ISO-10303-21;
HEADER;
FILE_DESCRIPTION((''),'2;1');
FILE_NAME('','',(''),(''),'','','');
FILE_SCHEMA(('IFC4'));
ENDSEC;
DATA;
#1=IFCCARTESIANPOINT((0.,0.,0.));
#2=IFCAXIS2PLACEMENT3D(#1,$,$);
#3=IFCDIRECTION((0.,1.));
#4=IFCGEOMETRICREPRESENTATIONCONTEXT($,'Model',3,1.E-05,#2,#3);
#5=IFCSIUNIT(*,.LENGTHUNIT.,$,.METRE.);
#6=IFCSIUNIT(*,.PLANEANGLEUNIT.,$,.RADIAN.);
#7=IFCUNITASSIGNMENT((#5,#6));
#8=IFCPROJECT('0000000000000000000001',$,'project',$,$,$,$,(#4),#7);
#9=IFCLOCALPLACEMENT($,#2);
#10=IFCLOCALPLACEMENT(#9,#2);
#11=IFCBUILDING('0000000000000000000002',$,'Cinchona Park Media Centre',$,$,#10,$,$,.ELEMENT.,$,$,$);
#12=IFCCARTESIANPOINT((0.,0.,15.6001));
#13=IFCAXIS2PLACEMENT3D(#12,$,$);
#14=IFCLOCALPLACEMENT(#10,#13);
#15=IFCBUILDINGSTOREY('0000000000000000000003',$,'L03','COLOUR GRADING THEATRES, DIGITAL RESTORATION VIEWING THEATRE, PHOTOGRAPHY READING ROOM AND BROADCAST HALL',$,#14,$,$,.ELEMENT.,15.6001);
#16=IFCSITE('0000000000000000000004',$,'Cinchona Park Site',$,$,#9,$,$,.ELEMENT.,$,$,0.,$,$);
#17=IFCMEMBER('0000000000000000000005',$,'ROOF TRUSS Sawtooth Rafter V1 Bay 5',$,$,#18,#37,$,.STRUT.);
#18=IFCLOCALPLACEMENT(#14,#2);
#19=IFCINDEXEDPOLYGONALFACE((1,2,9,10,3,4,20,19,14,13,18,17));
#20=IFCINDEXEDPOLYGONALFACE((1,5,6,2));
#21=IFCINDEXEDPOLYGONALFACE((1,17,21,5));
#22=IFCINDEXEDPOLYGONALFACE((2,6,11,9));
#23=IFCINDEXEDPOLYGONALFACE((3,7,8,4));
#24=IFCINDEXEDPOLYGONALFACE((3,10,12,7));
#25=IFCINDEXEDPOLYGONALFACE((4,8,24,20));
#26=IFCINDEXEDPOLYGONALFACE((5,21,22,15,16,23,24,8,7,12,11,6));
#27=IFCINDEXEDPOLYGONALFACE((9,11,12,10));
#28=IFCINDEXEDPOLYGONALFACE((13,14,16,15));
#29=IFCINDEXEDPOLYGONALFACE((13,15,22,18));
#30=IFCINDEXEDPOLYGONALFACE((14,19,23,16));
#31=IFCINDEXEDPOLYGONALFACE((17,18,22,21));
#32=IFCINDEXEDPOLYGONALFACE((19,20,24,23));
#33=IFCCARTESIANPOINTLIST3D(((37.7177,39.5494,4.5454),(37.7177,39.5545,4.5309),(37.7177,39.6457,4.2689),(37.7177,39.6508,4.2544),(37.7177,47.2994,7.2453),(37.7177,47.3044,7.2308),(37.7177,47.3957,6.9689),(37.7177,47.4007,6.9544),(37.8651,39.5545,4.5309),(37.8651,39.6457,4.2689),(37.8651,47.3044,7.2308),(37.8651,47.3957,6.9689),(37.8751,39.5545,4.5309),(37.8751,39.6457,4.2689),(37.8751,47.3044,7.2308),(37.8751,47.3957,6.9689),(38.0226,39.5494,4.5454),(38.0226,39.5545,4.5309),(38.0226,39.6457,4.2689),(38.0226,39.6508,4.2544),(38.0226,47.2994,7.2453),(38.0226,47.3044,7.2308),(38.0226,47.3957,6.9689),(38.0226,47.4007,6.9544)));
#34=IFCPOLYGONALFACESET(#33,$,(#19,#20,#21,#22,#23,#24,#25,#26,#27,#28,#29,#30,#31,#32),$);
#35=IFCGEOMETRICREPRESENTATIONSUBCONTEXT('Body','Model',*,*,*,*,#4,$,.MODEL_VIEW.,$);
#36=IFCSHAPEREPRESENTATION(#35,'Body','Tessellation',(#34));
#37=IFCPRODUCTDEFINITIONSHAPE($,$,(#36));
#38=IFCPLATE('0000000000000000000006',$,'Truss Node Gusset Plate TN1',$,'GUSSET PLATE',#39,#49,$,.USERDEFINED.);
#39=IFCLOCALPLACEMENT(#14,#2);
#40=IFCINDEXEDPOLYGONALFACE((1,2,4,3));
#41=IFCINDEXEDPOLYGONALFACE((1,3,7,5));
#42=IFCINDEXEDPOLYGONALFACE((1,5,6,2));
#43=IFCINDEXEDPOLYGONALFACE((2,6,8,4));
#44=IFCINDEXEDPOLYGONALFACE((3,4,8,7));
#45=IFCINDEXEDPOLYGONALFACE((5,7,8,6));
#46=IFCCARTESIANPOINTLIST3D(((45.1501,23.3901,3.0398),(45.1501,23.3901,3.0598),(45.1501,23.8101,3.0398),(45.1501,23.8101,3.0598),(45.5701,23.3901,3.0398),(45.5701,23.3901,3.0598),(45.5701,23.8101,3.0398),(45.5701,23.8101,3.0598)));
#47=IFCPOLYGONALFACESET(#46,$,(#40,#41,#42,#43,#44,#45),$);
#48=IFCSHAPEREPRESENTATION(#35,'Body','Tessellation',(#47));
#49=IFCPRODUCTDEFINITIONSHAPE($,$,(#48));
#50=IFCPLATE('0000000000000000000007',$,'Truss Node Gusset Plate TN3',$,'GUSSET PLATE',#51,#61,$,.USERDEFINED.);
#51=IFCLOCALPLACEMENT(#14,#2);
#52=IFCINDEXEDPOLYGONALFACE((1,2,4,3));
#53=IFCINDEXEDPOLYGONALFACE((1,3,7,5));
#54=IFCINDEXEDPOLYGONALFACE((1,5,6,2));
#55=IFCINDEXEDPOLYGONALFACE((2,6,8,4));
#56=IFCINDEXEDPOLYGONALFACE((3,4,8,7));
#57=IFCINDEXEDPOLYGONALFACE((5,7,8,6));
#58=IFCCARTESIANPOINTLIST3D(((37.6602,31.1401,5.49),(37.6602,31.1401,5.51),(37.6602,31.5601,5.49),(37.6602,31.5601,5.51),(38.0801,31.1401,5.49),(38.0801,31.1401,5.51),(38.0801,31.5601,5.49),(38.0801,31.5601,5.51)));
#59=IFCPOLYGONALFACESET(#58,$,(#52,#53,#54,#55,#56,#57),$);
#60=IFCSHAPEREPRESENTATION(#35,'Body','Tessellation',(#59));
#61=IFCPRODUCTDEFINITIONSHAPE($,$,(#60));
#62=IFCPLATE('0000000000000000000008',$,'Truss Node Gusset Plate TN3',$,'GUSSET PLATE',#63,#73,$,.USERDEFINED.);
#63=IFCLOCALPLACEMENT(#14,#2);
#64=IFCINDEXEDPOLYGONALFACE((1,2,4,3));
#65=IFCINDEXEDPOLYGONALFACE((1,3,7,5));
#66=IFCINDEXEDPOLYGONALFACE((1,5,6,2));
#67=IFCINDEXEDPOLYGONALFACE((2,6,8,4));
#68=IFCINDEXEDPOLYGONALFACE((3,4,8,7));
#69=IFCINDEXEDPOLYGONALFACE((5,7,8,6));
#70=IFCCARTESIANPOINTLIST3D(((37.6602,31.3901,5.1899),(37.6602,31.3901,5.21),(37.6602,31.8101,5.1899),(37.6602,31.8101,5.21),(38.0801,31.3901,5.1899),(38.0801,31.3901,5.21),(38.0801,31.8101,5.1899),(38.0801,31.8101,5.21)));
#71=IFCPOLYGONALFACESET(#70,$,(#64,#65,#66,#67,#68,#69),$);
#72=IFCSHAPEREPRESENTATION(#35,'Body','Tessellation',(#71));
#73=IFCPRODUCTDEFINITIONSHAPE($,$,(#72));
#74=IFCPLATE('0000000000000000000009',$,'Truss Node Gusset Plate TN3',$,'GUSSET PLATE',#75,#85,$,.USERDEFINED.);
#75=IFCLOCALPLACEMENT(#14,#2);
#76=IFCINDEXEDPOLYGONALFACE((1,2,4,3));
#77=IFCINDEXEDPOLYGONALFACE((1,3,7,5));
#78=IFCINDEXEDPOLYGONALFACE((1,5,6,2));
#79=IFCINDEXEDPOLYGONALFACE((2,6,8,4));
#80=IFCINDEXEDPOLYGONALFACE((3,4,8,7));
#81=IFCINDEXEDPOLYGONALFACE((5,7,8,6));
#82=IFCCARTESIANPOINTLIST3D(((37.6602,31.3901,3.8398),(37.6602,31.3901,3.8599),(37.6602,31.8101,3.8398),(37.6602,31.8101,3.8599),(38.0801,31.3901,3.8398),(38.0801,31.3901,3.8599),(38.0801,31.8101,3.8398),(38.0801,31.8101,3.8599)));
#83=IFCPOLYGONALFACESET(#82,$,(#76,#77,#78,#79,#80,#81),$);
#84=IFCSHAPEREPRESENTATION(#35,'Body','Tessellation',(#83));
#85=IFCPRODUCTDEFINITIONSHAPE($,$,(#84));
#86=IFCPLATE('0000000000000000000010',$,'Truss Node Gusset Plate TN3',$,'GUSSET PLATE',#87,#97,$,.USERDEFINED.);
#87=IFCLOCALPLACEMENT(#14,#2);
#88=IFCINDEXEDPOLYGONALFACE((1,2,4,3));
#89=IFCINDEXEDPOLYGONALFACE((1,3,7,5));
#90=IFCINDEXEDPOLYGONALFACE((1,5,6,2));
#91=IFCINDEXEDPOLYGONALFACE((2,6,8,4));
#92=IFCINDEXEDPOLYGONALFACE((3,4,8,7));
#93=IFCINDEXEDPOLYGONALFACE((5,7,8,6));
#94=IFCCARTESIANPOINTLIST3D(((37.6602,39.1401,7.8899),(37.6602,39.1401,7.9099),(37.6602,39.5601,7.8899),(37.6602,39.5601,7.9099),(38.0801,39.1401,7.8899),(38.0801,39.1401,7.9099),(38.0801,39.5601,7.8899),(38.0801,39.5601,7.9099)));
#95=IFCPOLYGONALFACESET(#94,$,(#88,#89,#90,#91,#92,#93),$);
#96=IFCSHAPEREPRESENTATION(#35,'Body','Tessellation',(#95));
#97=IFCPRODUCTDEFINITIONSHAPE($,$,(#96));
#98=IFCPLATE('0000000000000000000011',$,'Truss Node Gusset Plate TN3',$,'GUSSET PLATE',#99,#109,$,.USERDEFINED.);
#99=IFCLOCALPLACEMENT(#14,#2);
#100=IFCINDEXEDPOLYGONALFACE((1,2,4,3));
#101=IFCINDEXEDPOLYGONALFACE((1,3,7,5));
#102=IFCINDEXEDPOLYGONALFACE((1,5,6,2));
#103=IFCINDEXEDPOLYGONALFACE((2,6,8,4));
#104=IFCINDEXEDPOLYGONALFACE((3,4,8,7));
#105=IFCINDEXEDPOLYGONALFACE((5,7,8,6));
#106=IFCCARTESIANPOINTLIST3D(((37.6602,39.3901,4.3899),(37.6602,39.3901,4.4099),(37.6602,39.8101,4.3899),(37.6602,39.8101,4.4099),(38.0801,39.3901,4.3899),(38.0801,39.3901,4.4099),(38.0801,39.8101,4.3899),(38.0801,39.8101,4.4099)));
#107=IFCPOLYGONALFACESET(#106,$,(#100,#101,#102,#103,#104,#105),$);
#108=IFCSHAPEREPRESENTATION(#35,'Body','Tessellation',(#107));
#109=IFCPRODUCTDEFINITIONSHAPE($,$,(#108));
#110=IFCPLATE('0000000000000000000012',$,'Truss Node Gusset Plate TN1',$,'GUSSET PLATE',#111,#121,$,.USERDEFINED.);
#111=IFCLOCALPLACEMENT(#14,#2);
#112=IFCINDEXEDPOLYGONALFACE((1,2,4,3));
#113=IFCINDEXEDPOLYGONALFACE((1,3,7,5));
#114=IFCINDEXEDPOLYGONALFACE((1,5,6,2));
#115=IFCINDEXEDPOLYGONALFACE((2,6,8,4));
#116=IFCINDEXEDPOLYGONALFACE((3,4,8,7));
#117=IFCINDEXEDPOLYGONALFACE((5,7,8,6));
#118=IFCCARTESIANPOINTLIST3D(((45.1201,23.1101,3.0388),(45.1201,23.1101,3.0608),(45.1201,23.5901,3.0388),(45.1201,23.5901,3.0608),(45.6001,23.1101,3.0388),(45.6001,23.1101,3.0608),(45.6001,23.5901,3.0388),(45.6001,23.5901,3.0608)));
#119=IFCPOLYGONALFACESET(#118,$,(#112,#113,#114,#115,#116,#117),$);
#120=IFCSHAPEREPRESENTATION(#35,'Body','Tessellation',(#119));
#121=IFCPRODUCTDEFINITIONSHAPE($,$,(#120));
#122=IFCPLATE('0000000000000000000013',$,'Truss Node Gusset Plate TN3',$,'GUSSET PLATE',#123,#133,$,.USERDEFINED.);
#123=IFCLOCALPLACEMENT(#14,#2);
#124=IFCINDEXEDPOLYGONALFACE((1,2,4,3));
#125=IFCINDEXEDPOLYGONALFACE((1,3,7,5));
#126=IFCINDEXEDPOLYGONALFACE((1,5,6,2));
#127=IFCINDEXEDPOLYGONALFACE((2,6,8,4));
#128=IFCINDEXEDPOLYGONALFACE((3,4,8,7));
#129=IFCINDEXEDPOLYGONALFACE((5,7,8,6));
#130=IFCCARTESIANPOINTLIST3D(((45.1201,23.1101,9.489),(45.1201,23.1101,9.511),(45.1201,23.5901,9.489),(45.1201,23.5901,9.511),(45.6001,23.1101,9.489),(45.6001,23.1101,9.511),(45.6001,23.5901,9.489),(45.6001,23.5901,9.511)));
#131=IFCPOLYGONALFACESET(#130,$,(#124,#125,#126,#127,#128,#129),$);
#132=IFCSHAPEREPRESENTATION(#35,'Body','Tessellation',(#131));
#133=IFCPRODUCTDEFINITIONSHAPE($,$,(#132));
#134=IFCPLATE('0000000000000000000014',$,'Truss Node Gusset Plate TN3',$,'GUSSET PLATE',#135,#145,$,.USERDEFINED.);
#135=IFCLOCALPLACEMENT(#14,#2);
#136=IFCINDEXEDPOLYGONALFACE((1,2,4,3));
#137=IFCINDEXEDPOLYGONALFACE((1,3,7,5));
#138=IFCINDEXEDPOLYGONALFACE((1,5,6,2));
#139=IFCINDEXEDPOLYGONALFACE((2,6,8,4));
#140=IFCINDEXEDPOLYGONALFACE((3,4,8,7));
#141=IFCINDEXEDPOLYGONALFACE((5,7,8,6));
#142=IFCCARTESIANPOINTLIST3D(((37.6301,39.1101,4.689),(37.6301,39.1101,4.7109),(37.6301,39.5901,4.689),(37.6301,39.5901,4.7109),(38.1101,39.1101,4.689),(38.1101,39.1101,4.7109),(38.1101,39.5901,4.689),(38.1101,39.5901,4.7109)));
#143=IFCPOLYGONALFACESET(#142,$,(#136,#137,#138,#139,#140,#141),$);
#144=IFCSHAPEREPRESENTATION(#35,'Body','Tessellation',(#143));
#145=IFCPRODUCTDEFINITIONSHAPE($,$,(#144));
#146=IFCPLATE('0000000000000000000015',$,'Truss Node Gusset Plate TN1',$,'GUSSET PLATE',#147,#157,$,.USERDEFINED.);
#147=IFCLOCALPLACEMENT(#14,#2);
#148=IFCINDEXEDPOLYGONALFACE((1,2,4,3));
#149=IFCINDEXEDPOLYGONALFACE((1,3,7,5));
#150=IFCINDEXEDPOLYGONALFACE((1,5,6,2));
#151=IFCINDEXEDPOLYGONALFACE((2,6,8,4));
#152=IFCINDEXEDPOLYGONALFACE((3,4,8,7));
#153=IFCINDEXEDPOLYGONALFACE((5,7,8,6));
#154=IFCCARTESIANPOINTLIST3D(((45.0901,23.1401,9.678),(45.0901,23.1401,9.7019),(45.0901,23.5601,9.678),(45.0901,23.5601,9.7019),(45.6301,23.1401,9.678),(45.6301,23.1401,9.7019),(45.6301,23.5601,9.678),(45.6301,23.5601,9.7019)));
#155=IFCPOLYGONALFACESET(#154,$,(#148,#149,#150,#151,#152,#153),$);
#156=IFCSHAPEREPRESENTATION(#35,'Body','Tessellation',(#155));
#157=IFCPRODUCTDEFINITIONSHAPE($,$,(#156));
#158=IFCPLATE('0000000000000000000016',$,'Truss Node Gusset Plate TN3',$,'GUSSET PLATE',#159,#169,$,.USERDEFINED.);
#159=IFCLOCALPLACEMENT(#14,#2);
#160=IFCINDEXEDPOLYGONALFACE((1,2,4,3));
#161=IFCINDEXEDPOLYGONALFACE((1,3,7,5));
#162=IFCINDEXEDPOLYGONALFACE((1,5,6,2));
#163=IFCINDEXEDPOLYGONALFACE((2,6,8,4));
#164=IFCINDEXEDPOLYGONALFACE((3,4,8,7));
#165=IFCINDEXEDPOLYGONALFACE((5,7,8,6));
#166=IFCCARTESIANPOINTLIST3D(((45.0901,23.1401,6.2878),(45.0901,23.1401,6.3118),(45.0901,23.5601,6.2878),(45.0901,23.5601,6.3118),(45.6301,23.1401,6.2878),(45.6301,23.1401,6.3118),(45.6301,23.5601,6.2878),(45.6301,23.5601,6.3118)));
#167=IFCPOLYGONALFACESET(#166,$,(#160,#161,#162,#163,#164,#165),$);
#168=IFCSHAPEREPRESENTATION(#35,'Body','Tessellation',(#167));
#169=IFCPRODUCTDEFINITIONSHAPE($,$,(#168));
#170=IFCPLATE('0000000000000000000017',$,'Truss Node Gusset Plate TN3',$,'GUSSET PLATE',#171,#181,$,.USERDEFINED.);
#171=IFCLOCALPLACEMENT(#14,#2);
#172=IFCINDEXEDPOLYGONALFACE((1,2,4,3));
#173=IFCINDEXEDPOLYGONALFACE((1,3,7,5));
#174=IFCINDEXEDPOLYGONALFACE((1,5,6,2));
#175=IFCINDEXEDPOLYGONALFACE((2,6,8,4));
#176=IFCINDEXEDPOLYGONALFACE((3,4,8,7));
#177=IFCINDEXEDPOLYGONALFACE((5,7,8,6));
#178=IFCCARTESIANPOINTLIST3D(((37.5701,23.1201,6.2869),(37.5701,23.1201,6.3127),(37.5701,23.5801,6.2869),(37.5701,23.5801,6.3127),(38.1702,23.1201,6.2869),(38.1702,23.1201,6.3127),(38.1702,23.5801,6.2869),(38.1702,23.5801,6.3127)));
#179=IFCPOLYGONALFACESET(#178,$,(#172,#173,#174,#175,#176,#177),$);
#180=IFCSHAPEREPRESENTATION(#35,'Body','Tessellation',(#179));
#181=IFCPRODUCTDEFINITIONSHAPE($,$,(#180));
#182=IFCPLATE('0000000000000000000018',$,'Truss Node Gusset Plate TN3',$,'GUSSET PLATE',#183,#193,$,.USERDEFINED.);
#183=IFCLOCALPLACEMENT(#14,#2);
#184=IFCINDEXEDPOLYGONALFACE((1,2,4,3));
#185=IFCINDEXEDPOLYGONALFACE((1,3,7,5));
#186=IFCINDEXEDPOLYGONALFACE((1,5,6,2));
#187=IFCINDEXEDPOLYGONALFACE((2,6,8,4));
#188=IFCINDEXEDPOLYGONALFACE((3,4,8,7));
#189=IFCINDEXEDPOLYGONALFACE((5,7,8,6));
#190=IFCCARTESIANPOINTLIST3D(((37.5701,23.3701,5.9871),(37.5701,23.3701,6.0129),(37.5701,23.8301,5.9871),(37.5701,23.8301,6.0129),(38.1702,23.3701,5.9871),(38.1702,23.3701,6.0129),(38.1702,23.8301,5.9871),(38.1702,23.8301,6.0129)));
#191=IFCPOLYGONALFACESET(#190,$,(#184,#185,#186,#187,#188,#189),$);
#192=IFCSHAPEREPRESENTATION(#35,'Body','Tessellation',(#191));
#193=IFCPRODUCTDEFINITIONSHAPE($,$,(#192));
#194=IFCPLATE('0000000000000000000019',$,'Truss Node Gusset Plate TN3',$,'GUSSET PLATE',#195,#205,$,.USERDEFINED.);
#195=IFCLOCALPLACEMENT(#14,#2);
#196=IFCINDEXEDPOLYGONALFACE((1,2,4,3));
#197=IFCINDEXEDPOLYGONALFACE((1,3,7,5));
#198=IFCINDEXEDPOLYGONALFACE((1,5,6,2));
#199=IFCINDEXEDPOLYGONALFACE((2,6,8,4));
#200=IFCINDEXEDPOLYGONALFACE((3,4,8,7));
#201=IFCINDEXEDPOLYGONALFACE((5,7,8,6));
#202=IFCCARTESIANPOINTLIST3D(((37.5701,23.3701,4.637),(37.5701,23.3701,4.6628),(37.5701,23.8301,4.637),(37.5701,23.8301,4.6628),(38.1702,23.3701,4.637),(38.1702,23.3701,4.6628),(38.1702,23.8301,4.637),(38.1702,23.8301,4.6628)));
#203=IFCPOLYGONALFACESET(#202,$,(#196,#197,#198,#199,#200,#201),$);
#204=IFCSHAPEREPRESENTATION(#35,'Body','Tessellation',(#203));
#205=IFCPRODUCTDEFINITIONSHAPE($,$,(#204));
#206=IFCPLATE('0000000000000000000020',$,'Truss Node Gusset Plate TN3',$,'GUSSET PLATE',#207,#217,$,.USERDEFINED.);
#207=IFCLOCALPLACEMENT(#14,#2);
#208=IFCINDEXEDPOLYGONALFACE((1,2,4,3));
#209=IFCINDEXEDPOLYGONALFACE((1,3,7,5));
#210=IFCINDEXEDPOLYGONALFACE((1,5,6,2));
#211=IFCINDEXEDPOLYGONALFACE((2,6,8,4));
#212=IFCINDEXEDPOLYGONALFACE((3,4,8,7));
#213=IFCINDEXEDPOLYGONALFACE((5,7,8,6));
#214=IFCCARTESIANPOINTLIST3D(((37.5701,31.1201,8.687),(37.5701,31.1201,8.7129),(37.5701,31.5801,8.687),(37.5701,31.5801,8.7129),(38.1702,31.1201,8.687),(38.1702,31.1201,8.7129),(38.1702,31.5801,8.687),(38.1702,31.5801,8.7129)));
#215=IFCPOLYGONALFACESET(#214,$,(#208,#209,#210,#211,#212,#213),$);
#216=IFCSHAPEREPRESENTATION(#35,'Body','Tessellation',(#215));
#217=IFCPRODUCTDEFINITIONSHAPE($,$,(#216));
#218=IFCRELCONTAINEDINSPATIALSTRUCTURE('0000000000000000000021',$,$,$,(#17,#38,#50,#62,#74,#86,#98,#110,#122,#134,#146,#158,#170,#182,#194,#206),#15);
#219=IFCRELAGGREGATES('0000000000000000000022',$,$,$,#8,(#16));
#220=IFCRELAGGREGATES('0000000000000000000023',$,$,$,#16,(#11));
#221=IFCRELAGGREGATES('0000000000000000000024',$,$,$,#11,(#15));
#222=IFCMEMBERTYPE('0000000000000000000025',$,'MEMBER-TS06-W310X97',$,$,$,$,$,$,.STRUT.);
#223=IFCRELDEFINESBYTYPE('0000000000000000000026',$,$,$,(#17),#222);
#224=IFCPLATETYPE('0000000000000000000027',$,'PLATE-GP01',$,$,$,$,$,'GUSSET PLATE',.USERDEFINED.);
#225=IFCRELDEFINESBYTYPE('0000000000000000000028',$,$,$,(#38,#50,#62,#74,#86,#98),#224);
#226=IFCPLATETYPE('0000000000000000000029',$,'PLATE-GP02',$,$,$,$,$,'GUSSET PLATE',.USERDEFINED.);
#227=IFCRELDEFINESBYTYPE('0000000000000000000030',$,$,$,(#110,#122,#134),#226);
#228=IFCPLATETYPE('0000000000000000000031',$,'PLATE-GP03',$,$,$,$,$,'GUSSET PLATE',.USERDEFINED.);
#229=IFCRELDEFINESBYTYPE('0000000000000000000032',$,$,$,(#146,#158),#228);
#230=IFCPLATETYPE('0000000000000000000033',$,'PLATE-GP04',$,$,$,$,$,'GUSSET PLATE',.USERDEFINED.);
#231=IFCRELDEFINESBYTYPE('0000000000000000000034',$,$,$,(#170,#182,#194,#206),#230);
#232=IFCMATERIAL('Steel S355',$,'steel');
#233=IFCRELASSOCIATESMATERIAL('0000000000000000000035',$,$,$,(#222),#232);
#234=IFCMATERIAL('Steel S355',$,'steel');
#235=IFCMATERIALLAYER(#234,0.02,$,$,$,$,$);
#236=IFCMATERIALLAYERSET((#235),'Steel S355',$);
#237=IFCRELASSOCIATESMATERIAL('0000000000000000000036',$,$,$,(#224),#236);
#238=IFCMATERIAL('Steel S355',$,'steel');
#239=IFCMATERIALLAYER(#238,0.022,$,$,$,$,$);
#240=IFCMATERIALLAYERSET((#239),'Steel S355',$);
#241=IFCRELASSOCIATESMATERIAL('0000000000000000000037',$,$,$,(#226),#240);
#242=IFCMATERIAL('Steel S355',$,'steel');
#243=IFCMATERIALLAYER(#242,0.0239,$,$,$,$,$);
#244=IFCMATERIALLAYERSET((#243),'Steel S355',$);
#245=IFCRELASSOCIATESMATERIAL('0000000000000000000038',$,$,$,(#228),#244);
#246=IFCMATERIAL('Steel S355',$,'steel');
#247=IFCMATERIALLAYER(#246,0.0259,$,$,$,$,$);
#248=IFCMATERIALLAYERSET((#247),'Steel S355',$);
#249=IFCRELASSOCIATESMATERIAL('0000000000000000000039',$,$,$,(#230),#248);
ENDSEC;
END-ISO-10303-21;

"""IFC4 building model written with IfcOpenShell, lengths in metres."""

from ifc_helpers import new_model, si_unit, direction, frame, origin, origin_2d, place, context, subcontext, project, spatial, rectangle, i_section, extrude, material, layer, layer_set, material_profile, profile_set, type_object, element, save


model = new_model("IFC4")

# Units and contexts
model_context = context("Model", 3, precision=1e-05, world=origin(), true_north=direction((0.0, 1.0)))
body_context = subcontext(model_context, "Body", "Model", "MODEL_VIEW")
ifc_project = project(units=[si_unit("LENGTHUNIT", "METRE"), si_unit("PLANEANGLEUNIT", "RADIAN")], contexts=[model_context])

# Site, building, storey
site_placement = place(None, origin())
site = spatial("IfcSite", under=ifc_project, at=site_placement, Name="Cinchona Park Site", CompositionType="ELEMENT", RefElevation=0.0)
building_placement = place(site_placement, origin())
building = spatial("IfcBuilding", under=site, at=building_placement, Name="Cinchona Park Media Centre", CompositionType="ELEMENT")
storey_placement = place(building_placement, frame((0.0, 0.0, 15.6001)))
storey = spatial("IfcBuildingStorey", under=building, at=storey_placement, Name="L03", Description="COLOUR GRADING THEATRES, DIGITAL RESTORATION VIEWING THEATRE, PHOTOGRAPHY READING ROOM AND BROADCAST HALL", CompositionType="ELEMENT", Elevation=15.6001)

# Member
ifc_material_1 = material(Name="Steel S355", Category="steel")
ifc_material_profile_1 = material_profile(ifc_material_1, i_section(OverallWidth=0.3049, OverallDepth=0.3081, WebThickness=0.01, FlangeThickness=0.0154, at=origin_2d()), Name="W310X97")
ifc_profile_set_1 = profile_set([ifc_material_profile_1], Name="Steel S355")
member_type_1 = type_object("IfcMemberType", Name="MEMBER-TS06-W310X97", PredefinedType="STRUT", material=ifc_profile_set_1)
for number, where, z_axis, x_axis, name in (
    (1, (37.8701, 39.6001, 4.3999), (0.0, 0.944334, 0.328988), (-1.0, 0.0, 0.0), "ROOF TRUSS Sawtooth Rafter V1 Bay 5"),
):
    element("IfcMember", number, at=place(storey_placement, frame(where, z_axis=z_axis, x_axis=x_axis)), inside=storey, type_object=member_type_1, Name=name, PredefinedType="STRUT", context=body_context, shape_type="SweptSolid", body=[
        extrude(i_section(OverallWidth=0.3049, OverallDepth=0.3081, WebThickness=0.01, FlangeThickness=0.0154, at=origin_2d()), origin(), (0.0, 0.0, 1.0), 8.2068),
    ])

# Plates
ifc_material_2 = material(Name="Steel S355", Category="steel")
ifc_layer_1 = layer(ifc_material_2, 0.02)
ifc_layer_set_1 = layer_set([ifc_layer_1], Name="Steel S355")
plate_type_1 = type_object("IfcPlateType", Name="PLATE-GP01", ElementType="GUSSET PLATE", PredefinedType="USERDEFINED", material=ifc_layer_set_1)
for number, where, z_axis, x_axis, name in (
    (2, (45.3601, 23.6001, 3.0398), (0.0, 0.0, 1.0), (1.0, 0.0, 0.0), "Truss Node Gusset Plate TN1"),
    (3, (37.8701, 31.3501, 5.49), (0.0, 0.0, 1.0), (1.0, 0.0, 0.0), "Truss Node Gusset Plate TN3"),
    (4, (37.8701, 31.6001, 5.1899), (0.0, 0.0, 1.0), (1.0, 0.0, 0.0), "Truss Node Gusset Plate TN3"),
    (5, (37.8701, 31.6001, 3.8398), (0.0, 0.0, 1.0), (1.0, 0.0, 0.0), "Truss Node Gusset Plate TN3"),
    (6, (37.8701, 39.3501, 7.8899), (0.0, 0.0, 1.0), (1.0, 0.0, 0.0), "Truss Node Gusset Plate TN3"),
    (7, (37.8701, 39.6001, 4.3899), (0.0, 0.0, 1.0), (1.0, 0.0, 0.0), "Truss Node Gusset Plate TN3"),
):
    element("IfcPlate", number, at=place(storey_placement, frame(where, z_axis=z_axis, x_axis=x_axis)), inside=storey, type_object=plate_type_1, Name=name, ObjectType="GUSSET PLATE", PredefinedType="USERDEFINED", context=body_context, shape_type="SweptSolid", body=[
        extrude(rectangle(XDim=0.4199, YDim=0.4199, at=origin_2d()), origin(), (0.0, 0.0, 1.0), 0.02),
    ])
ifc_material_3 = material(Name="Steel S355", Category="steel")
ifc_layer_2 = layer(ifc_material_3, 0.022)
ifc_layer_set_2 = layer_set([ifc_layer_2], Name="Steel S355")
plate_type_2 = type_object("IfcPlateType", Name="PLATE-GP02", ElementType="GUSSET PLATE", PredefinedType="USERDEFINED", material=ifc_layer_set_2)
for number, where, z_axis, x_axis, name in (
    (8, (45.3601, 23.3501, 3.0388), (0.0, 0.0, 1.0), (1.0, 0.0, 0.0), "Truss Node Gusset Plate TN1"),
    (9, (45.3601, 23.3501, 9.489), (0.0, 0.0, 1.0), (1.0, 0.0, 0.0), "Truss Node Gusset Plate TN3"),
    (10, (37.8701, 39.3501, 4.689), (0.0, 0.0, 1.0), (1.0, 0.0, 0.0), "Truss Node Gusset Plate TN3"),
):
    element("IfcPlate", number, at=place(storey_placement, frame(where, z_axis=z_axis, x_axis=x_axis)), inside=storey, type_object=plate_type_2, Name=name, ObjectType="GUSSET PLATE", PredefinedType="USERDEFINED", context=body_context, shape_type="SweptSolid", body=[
        extrude(rectangle(XDim=0.48, YDim=0.48, at=origin_2d()), origin(), (0.0, 0.0, 1.0), 0.022),
    ])
ifc_material_4 = material(Name="Steel S355", Category="steel")
ifc_layer_3 = layer(ifc_material_4, 0.0239)
ifc_layer_set_3 = layer_set([ifc_layer_3], Name="Steel S355")
plate_type_3 = type_object("IfcPlateType", Name="PLATE-GP03", ElementType="GUSSET PLATE", PredefinedType="USERDEFINED", material=ifc_layer_set_3)
for number, where, z_axis, x_axis, name in (
    (11, (45.3601, 23.3501, 9.678), (0.0, 0.0, 1.0), (1.0, 0.0, 0.0), "Truss Node Gusset Plate TN1"),
    (12, (45.3601, 23.3501, 6.2878), (0.0, 0.0, 1.0), (1.0, 0.0, 0.0), "Truss Node Gusset Plate TN3"),
):
    element("IfcPlate", number, at=place(storey_placement, frame(where, z_axis=z_axis, x_axis=x_axis)), inside=storey, type_object=plate_type_3, Name=name, ObjectType="GUSSET PLATE", PredefinedType="USERDEFINED", context=body_context, shape_type="SweptSolid", body=[
        extrude(rectangle(XDim=0.54, YDim=0.4199, at=origin_2d()), origin(), (0.0, 0.0, 1.0), 0.0239),
    ])
ifc_material_5 = material(Name="Steel S355", Category="steel")
ifc_layer_4 = layer(ifc_material_5, 0.0259)
ifc_layer_set_4 = layer_set([ifc_layer_4], Name="Steel S355")
plate_type_4 = type_object("IfcPlateType", Name="PLATE-GP04", ElementType="GUSSET PLATE", PredefinedType="USERDEFINED", material=ifc_layer_set_4)
for number, where, z_axis, x_axis, name in (
    (13, (37.8701, 23.3501, 6.2869), (0.0, 0.0, 1.0), (1.0, 0.0, 0.0), "Truss Node Gusset Plate TN3"),
    (14, (37.8701, 23.6001, 5.9871), (0.0, 0.0, 1.0), (1.0, 0.0, 0.0), "Truss Node Gusset Plate TN3"),
    (15, (37.8701, 23.6001, 4.637), (0.0, 0.0, 1.0), (1.0, 0.0, 0.0), "Truss Node Gusset Plate TN3"),
    (16, (37.8701, 31.3501, 8.687), (0.0, 0.0, 1.0), (1.0, 0.0, 0.0), "Truss Node Gusset Plate TN3"),
):
    element("IfcPlate", number, at=place(storey_placement, frame(where, z_axis=z_axis, x_axis=x_axis)), inside=storey, type_object=plate_type_4, Name=name, ObjectType="GUSSET PLATE", PredefinedType="USERDEFINED", context=body_context, shape_type="SweptSolid", body=[
        extrude(rectangle(XDim=0.6001, YDim=0.46, at=origin_2d()), origin(), (0.0, 0.0, 1.0), 0.0259),
    ])

save(model, "model.ifc")
